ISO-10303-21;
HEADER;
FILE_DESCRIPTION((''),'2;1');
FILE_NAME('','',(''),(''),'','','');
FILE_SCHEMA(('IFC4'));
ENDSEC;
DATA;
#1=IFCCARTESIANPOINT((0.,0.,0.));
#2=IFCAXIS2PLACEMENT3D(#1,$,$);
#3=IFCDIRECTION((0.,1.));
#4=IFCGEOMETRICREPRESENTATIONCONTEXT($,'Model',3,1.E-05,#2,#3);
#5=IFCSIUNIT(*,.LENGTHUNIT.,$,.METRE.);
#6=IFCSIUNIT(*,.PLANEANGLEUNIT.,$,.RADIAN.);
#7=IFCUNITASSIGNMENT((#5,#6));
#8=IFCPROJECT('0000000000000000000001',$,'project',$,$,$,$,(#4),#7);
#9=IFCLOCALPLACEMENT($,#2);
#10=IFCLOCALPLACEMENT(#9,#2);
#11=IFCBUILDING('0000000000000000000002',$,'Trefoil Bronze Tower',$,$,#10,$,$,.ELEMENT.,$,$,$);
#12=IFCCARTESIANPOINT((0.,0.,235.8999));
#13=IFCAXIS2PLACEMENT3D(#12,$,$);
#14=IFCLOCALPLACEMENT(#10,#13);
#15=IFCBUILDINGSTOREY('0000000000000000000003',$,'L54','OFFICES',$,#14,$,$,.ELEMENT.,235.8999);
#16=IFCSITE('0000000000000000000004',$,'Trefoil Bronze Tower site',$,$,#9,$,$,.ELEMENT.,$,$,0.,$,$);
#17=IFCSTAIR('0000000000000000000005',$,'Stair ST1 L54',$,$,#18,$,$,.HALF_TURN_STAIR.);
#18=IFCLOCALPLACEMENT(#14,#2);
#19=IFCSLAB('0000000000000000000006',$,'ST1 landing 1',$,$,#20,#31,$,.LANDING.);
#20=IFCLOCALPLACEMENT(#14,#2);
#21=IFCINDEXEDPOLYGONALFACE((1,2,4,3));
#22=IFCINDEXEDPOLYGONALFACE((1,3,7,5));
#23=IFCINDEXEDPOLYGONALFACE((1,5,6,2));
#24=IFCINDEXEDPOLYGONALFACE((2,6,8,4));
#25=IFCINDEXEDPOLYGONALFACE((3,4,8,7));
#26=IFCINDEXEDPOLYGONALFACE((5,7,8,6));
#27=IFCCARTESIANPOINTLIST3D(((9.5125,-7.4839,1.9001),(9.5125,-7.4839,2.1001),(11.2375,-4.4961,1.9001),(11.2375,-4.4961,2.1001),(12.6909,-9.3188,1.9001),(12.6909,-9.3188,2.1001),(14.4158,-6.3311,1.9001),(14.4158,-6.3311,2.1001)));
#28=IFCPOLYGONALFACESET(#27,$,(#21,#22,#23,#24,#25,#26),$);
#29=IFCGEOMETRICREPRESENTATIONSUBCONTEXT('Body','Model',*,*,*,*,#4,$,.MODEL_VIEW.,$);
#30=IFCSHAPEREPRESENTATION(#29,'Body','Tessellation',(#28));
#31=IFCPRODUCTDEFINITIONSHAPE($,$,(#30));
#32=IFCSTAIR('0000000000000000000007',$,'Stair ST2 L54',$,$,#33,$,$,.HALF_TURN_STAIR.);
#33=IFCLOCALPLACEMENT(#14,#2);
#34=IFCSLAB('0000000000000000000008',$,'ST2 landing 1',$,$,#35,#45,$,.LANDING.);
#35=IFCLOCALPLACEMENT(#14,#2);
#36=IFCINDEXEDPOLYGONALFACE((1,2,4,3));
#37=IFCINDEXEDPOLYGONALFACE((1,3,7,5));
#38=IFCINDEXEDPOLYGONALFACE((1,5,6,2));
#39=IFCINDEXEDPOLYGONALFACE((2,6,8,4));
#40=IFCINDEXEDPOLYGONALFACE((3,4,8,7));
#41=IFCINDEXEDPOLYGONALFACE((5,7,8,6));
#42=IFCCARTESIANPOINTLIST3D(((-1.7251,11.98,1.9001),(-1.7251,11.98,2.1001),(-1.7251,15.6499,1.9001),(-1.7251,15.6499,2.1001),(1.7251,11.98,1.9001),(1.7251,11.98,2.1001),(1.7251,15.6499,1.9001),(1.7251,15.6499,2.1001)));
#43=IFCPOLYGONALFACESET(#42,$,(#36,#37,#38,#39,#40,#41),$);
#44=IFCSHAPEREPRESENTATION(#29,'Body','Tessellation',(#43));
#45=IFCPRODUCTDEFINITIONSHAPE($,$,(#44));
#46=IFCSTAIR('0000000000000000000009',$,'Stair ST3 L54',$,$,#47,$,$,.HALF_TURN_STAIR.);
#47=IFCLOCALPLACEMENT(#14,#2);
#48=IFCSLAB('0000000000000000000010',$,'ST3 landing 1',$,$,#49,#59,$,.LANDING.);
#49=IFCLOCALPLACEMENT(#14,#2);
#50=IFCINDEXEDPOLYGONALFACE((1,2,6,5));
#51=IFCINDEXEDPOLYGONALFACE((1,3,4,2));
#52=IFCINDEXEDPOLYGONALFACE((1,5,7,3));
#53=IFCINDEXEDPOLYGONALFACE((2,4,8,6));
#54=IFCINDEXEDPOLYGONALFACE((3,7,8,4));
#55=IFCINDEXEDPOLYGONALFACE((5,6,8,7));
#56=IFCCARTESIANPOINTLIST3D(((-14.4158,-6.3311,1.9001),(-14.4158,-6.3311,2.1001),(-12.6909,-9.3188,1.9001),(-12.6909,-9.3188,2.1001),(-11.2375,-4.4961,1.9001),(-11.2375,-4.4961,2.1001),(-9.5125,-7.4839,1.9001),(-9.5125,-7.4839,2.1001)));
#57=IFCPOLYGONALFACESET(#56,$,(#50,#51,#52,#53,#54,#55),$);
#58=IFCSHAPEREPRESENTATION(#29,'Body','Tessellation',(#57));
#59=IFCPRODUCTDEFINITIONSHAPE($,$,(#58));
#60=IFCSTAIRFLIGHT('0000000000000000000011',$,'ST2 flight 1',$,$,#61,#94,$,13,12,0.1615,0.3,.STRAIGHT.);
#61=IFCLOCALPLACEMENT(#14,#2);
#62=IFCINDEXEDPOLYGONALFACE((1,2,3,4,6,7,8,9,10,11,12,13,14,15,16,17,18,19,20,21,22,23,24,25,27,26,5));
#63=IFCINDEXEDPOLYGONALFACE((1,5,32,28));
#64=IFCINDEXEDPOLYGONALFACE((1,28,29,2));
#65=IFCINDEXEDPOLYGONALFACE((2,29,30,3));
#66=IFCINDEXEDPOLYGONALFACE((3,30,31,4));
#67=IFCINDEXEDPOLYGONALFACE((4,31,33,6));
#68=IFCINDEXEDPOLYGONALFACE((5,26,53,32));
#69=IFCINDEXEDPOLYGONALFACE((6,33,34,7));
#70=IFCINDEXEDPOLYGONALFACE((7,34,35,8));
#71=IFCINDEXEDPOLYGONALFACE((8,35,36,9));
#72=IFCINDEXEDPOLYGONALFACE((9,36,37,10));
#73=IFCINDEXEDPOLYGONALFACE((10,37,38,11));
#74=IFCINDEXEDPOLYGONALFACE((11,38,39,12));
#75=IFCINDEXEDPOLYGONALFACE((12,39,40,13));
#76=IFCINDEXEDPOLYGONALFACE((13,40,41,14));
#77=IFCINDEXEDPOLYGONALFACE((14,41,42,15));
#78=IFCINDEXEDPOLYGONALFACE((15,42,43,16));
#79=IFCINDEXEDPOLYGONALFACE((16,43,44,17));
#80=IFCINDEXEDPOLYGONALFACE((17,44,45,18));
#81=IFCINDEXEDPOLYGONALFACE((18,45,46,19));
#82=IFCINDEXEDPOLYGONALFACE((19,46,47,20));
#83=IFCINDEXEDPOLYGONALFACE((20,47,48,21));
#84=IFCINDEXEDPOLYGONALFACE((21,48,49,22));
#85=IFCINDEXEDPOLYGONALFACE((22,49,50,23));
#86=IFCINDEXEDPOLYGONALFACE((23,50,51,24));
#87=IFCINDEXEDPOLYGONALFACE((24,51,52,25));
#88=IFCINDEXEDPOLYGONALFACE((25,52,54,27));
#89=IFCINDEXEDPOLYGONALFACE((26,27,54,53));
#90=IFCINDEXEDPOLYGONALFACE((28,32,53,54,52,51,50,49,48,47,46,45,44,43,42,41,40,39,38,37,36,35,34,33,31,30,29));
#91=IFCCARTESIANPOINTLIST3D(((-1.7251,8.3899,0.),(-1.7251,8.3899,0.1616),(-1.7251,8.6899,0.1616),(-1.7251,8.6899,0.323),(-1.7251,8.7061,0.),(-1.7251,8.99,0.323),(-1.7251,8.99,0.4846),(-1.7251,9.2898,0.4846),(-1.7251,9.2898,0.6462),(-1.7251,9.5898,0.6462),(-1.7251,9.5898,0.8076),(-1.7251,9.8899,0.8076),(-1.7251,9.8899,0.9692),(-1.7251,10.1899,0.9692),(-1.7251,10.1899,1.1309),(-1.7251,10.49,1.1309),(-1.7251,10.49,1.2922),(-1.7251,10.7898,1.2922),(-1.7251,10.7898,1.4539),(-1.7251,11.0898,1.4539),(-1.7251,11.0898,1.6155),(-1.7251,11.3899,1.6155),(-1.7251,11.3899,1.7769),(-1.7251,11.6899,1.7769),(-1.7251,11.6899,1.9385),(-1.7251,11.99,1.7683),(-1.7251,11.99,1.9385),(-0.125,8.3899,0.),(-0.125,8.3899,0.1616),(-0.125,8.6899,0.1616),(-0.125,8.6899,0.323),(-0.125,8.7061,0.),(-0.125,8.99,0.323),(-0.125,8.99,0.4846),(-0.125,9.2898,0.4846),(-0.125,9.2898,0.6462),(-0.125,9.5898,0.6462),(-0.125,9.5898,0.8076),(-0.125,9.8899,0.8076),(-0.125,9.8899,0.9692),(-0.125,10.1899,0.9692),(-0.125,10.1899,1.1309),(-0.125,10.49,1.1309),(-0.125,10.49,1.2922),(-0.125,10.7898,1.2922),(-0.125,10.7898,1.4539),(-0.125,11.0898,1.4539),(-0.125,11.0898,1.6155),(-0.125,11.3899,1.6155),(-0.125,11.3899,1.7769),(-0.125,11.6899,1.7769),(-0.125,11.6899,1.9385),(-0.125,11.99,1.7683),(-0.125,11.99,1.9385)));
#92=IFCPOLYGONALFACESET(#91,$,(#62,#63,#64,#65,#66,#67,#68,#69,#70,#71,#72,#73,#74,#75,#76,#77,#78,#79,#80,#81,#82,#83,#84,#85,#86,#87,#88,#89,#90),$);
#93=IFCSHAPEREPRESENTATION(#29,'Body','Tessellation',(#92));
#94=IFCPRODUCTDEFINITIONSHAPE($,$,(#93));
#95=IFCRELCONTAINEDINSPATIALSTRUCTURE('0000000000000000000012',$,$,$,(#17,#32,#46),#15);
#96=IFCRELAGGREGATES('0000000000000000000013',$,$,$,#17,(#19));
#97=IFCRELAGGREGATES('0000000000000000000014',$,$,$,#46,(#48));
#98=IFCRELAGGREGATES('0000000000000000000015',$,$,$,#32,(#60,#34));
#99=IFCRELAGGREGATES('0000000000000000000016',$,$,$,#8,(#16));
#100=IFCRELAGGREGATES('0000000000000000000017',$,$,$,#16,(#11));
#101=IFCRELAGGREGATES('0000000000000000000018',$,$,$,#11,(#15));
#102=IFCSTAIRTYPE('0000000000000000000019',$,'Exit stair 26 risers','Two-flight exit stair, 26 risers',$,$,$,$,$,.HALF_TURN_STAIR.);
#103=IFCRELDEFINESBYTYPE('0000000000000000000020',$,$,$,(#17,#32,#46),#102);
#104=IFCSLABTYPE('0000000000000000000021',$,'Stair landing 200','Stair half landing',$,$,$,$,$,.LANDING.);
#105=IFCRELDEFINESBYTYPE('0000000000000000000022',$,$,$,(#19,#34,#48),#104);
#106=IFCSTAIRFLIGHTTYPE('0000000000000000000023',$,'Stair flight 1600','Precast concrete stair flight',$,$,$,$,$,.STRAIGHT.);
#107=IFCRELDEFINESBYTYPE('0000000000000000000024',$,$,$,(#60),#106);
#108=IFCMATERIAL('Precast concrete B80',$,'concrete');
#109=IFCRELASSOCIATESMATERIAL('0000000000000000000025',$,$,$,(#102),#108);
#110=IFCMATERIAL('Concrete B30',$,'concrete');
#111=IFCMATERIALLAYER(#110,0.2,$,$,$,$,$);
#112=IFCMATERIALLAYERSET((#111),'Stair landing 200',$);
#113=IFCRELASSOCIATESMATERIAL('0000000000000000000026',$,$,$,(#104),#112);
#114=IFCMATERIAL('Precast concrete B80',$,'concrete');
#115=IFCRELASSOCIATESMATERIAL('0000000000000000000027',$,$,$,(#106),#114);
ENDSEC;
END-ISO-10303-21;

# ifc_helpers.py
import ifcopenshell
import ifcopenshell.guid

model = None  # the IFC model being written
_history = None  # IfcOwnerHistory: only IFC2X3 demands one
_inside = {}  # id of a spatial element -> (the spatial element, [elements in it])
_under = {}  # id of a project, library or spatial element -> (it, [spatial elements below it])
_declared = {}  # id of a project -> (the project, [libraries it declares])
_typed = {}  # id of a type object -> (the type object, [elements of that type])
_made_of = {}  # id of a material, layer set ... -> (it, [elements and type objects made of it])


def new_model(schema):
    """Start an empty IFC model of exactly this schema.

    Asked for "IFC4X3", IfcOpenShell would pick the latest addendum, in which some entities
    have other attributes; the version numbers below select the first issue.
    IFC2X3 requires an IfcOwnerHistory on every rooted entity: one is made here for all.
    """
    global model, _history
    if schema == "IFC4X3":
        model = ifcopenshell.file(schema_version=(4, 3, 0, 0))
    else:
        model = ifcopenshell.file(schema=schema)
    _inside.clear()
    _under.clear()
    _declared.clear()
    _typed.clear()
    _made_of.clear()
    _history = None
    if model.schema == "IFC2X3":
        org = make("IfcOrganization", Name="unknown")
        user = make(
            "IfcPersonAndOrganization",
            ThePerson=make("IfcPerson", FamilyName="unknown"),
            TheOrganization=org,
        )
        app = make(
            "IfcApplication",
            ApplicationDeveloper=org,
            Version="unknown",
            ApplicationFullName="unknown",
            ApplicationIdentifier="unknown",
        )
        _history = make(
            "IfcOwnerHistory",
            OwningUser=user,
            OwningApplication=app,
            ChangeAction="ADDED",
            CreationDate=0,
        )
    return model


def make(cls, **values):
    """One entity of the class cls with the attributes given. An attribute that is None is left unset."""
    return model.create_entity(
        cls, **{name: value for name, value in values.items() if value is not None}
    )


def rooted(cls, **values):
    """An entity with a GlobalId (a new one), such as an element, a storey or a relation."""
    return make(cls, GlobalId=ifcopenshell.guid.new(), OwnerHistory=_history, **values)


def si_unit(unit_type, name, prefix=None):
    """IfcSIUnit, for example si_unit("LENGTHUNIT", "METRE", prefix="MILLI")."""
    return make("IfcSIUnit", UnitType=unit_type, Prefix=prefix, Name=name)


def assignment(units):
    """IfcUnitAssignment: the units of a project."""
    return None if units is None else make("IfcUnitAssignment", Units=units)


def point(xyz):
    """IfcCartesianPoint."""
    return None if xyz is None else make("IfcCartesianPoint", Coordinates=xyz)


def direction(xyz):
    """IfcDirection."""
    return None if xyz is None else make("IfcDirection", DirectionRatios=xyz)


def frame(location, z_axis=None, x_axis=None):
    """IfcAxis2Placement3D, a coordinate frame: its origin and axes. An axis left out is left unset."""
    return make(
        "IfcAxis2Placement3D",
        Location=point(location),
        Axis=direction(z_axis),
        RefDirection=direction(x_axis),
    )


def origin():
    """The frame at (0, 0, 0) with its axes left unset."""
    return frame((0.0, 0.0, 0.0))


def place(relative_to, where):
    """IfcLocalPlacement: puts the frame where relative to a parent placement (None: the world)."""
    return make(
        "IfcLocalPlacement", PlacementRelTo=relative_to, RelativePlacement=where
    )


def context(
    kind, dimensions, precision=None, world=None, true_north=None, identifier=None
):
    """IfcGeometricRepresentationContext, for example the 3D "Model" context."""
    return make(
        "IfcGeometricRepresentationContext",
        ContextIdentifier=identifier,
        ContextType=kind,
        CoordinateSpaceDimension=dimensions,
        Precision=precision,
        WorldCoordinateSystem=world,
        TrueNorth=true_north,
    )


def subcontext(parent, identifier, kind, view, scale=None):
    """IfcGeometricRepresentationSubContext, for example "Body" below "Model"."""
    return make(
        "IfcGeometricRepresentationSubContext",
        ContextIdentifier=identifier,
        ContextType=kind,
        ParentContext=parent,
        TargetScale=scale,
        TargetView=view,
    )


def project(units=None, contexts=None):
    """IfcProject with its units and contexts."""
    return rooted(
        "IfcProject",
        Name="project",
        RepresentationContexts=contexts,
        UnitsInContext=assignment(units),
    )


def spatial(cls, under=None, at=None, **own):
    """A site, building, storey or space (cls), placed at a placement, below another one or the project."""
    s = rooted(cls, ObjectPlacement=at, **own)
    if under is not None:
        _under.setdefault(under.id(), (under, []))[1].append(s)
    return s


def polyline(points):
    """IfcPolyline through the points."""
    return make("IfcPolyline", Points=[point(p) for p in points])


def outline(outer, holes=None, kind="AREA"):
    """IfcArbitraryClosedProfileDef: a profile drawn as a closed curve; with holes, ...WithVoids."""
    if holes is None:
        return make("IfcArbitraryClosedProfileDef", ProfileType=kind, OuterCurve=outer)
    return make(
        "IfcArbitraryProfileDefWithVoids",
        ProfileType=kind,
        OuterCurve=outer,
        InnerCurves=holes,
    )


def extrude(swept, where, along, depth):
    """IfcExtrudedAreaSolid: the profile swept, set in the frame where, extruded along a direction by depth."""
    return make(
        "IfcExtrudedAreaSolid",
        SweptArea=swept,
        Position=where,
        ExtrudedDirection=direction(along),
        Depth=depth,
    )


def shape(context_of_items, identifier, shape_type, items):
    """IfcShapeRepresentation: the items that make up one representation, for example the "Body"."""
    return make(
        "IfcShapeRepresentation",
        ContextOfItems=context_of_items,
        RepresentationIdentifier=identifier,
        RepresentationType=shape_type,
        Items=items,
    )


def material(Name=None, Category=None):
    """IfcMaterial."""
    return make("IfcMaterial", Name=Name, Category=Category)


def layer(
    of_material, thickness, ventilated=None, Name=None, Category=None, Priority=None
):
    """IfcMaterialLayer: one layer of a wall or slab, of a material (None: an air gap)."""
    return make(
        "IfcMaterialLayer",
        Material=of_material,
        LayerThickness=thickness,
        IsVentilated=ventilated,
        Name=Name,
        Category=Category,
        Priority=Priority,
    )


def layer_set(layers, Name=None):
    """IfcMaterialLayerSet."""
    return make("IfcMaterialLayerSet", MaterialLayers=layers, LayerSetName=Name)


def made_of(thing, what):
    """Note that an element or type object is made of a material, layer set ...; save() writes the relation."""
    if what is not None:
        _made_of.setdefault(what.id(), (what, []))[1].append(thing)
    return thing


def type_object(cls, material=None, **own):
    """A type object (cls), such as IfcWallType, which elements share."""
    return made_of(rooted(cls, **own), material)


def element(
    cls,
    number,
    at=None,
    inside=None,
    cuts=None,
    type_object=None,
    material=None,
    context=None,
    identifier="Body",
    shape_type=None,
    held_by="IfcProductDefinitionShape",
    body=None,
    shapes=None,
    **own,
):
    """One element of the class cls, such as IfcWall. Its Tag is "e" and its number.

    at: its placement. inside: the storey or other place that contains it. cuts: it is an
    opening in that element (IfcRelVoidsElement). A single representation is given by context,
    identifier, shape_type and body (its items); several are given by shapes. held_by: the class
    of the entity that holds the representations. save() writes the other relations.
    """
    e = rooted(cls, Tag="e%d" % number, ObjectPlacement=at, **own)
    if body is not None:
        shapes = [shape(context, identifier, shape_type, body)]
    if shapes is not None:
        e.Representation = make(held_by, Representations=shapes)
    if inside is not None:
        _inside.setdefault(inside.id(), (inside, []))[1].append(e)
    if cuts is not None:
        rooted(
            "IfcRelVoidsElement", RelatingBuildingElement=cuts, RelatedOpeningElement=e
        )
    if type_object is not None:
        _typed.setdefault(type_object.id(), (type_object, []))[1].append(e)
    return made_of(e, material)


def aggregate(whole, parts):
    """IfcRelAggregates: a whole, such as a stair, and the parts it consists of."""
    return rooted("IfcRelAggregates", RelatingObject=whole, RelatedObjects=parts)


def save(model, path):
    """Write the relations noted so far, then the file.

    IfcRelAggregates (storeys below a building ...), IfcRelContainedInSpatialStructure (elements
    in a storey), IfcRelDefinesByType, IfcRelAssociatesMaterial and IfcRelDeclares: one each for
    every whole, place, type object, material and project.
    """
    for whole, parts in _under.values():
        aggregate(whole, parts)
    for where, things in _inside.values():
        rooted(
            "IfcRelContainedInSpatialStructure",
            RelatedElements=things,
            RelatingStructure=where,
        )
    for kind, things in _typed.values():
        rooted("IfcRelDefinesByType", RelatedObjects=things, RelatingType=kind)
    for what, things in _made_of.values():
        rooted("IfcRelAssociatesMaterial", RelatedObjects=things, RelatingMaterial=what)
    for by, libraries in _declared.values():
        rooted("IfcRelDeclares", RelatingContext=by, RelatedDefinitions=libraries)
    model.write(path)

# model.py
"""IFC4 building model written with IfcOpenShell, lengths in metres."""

from ifc_helpers import new_model, si_unit, direction, frame, origin, place, context, subcontext, project, spatial, polyline, outline, extrude, material, layer, layer_set, type_object, element, aggregate, save


model = new_model("IFC4")

# Units and contexts
model_context = context("Model", 3, precision=1e-05, world=origin(), true_north=direction((0.0, 1.0)))
body_context = subcontext(model_context, "Body", "Model", "MODEL_VIEW")
ifc_project = project(units=[si_unit("LENGTHUNIT", "METRE"), si_unit("PLANEANGLEUNIT", "RADIAN")], contexts=[model_context])

# Site, building, storey
site_placement = place(None, origin())
site = spatial("IfcSite", under=ifc_project, at=site_placement, Name="Trefoil Bronze Tower site", CompositionType="ELEMENT", RefElevation=0.0)
building_placement = place(site_placement, origin())
building = spatial("IfcBuilding", under=site, at=building_placement, Name="Trefoil Bronze Tower", CompositionType="ELEMENT")
storey_placement = place(building_placement, frame((0.0, 0.0, 235.8999)))
storey = spatial("IfcBuildingStorey", under=building, at=storey_placement, Name="L54", Description="OFFICES", CompositionType="ELEMENT", Elevation=235.8999)

# Stairs, slabs
ifc_material_1 = material(Name="Precast concrete B80", Category="concrete")
stair_type = type_object("IfcStairType", Name="Exit stair 26 risers", Description="Two-flight exit stair, 26 risers", PredefinedType="HALF_TURN_STAIR", material=ifc_material_1)
stair_1_placement = place(storey_placement, origin())
stair_1 = element("IfcStair", 1, at=stair_1_placement, inside=storey, type_object=stair_type, Name="Stair ST1 L54", PredefinedType="HALF_TURN_STAIR")
ifc_material_2 = material(Name="Concrete B30", Category="concrete")
ifc_layer_1 = layer(ifc_material_2, 0.2)
ifc_layer_set_1 = layer_set([ifc_layer_1], Name="Stair landing 200")
slab_type = type_object("IfcSlabType", Name="Stair landing 200", Description="Stair half landing", PredefinedType="LANDING", material=ifc_layer_set_1)
slab_1_placement = place(storey_placement, frame((0.0, 0.0, 1.9001)))
slab_1 = element("IfcSlab", 2, at=slab_1_placement, type_object=slab_type, Name="ST1 landing 1", PredefinedType="LANDING", context=body_context, shape_type="SweptSolid", body=[
    extrude(outline(polyline([(9.5125, -7.4839), (12.6909, -9.3188), (14.4158, -6.3311), (11.2375, -4.4961), (9.5125, -7.4839)])), origin(), (0.0, 0.0, 1.0), 0.2),
])
aggregate(stair_1, [slab_1])
stair_2_placement = place(storey_placement, origin())
stair_2 = element("IfcStair", 3, at=stair_2_placement, inside=storey, type_object=stair_type, Name="Stair ST2 L54", PredefinedType="HALF_TURN_STAIR")
slab_2_placement = place(storey_placement, frame((0.0, 0.0, 1.9001)))
slab_2 = element("IfcSlab", 4, at=slab_2_placement, type_object=slab_type, Name="ST2 landing 1", PredefinedType="LANDING", context=body_context, shape_type="SweptSolid", body=[
    extrude(outline(polyline([(1.7251, 11.98), (1.7251, 15.6499), (-1.7251, 15.6499), (-1.7251, 11.98), (1.7251, 11.98)])), origin(), (0.0, 0.0, 1.0), 0.2),
])
stair_3_placement = place(storey_placement, origin())
stair_3 = element("IfcStair", 5, at=stair_3_placement, inside=storey, type_object=stair_type, Name="Stair ST3 L54", PredefinedType="HALF_TURN_STAIR")
slab_3_placement = place(storey_placement, frame((0.0, 0.0, 1.9001)))
slab_3 = element("IfcSlab", 6, at=slab_3_placement, type_object=slab_type, Name="ST3 landing 1", PredefinedType="LANDING", context=body_context, shape_type="SweptSolid", body=[
    extrude(outline(polyline([(-11.2375, -4.4961), (-14.4158, -6.3311), (-12.6909, -9.3188), (-9.5125, -7.4839), (-11.2375, -4.4961)])), origin(), (0.0, 0.0, 1.0), 0.2),
])
aggregate(stair_3, [slab_3])

# Stair flight
ifc_material_3 = material(Name="Precast concrete B80", Category="concrete")
stair_flight_type = type_object("IfcStairFlightType", Name="Stair flight 1600", Description="Precast concrete stair flight", PredefinedType="STRAIGHT", material=ifc_material_3)
stair_flight_placement = place(storey_placement, frame((-0.925, 8.3899, 0.0), z_axis=(0.0, 0.0, 1.0), x_axis=(0.0, 1.0, 0.0)))
stair_flight = element("IfcStairFlight", 7, at=stair_flight_placement, type_object=stair_flight_type, Name="ST2 flight 1", NumberOfRisers=13, NumberOfTreads=12, PredefinedType="STRAIGHT", RiserHeight=0.1615, TreadLength=0.3, context=body_context, shape_type="SweptSolid", body=[
    extrude(outline(polyline([(0.0, 0.0), (0.0, 0.1616), (0.3, 0.1616), (0.3, 0.323), (0.6001, 0.323), (0.6001, 0.4846), (0.8999, 0.4846), (0.8999, 0.6462), (1.2, 0.6462), (1.2, 0.8076), (1.5, 0.8076), (1.5, 0.9692), (1.8, 0.9692), (1.8, 1.1309), (2.1001, 1.1309), (2.1001, 1.2922), (2.3999, 1.2922), (2.3999, 1.4539), (2.7, 1.4539), (2.7, 1.6155), (3.0, 1.6155), (3.0, 1.7769), (3.3, 1.7769), (3.3, 1.9385), (3.6001, 1.9385), (3.6001, 2.1001), (3.6001, 1.7683), (0.3162, 0.0), (0.0, 0.0)])), frame((0.0, 0.8, 0.0), z_axis=(0.0, -1.0, 0.0), x_axis=(1.0, 0.0, 0.0)), (0.0, 0.0, 1.0), 1.6001),
])
aggregate(stair_2, [stair_flight, slab_2])

save(model, "model.ifc")
